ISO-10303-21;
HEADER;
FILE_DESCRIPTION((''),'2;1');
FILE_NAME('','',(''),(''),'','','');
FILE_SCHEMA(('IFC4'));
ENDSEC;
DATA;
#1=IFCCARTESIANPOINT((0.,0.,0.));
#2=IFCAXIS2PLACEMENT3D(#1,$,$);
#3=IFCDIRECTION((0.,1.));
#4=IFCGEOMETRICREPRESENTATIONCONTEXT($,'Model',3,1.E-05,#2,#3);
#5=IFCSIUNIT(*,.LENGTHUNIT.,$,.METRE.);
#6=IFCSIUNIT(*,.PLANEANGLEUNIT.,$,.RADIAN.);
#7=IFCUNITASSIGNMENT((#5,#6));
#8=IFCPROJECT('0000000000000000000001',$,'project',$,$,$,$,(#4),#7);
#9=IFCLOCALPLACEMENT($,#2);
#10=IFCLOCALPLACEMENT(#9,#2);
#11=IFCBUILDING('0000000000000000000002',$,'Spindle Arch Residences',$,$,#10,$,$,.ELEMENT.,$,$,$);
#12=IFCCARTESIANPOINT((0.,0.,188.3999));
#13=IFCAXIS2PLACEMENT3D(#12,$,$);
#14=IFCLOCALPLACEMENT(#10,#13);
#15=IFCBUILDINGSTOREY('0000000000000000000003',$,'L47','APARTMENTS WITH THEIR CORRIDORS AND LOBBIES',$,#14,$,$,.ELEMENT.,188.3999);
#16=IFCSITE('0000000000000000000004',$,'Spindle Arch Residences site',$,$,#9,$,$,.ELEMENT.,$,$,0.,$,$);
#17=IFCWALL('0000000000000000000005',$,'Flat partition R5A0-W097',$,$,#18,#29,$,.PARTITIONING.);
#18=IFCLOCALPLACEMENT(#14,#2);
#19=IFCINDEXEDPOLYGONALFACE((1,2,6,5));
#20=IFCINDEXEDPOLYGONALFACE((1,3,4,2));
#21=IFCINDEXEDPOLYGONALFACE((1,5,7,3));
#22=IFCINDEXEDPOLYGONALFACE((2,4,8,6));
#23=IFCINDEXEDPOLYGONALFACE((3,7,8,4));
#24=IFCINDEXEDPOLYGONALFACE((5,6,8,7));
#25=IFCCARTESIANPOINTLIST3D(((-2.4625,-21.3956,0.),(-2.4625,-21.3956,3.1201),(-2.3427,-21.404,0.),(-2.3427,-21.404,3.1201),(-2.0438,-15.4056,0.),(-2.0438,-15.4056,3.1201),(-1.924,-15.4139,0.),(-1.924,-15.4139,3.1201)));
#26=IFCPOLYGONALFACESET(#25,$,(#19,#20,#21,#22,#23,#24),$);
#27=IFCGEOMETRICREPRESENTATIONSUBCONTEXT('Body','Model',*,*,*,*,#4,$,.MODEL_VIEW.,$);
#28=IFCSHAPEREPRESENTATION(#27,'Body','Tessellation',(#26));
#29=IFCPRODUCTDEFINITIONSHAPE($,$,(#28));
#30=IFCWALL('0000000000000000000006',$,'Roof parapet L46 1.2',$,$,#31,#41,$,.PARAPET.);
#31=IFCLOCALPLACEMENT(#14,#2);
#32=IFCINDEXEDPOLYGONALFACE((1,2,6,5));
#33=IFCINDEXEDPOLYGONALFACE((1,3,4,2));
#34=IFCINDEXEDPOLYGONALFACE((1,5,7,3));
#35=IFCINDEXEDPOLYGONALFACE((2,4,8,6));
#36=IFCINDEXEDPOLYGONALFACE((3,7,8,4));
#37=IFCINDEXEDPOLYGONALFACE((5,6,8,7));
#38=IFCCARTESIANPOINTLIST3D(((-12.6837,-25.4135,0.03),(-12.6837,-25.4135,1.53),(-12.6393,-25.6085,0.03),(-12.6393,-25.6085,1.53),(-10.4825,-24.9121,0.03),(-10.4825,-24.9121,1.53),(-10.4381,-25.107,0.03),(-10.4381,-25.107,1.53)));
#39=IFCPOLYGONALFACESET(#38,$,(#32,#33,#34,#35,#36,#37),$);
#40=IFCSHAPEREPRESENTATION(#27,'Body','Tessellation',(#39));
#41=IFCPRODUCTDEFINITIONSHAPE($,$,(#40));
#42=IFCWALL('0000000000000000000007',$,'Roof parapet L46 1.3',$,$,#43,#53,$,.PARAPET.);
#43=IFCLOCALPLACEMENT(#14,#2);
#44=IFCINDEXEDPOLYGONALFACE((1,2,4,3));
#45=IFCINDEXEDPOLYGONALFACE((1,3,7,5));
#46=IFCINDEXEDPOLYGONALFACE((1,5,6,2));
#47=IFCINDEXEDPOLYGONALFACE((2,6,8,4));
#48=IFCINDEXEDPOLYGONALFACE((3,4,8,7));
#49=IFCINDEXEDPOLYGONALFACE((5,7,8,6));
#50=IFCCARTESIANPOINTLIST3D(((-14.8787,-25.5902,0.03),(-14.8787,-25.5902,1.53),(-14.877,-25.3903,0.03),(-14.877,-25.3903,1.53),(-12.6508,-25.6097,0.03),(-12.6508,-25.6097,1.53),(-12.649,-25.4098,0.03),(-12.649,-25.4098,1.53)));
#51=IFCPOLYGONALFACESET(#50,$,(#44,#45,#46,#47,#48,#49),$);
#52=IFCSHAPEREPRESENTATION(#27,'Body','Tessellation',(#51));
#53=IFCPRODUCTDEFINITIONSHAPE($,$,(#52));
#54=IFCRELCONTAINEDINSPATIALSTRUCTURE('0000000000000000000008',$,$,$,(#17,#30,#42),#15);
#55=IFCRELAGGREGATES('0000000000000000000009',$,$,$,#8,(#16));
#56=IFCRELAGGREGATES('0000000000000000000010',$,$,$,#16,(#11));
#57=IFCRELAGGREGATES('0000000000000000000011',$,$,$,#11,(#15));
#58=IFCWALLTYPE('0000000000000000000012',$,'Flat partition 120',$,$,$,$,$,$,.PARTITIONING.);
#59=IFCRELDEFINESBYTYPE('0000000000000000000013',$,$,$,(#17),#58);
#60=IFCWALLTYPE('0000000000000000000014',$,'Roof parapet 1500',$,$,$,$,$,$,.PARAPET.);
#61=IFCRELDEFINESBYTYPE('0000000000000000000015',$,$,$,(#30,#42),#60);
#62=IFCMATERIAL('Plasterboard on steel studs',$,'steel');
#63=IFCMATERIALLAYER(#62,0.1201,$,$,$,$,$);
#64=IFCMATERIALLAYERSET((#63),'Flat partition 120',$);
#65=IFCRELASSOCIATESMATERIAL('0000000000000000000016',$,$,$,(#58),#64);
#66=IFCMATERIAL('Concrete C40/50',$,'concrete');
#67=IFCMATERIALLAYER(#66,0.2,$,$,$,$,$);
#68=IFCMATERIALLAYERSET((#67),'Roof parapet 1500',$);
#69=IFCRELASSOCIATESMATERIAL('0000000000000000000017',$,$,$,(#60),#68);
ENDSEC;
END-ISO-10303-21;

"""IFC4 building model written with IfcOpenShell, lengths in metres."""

from ifc_helpers import new_model, si_unit, direction, frame, frame_2d, origin, place, context, subcontext, project, spatial, rectangle, extrude, material, layer, layer_set, type_object, element, save


model = new_model("IFC4")

# Units and contexts
model_context = context("Model", 3, precision=1e-05, world=origin(), true_north=direction((0.0, 1.0)))
body_context = subcontext(model_context, "Body", "Model", "MODEL_VIEW")
ifc_project = project(units=[si_unit("LENGTHUNIT", "METRE"), si_unit("PLANEANGLEUNIT", "RADIAN")], contexts=[model_context])

# Site, building, storey
site_placement = place(None, origin())
site = spatial("IfcSite", under=ifc_project, at=site_placement, Name="Spindle Arch Residences site", CompositionType="ELEMENT", RefElevation=0.0)
building_placement = place(site_placement, origin())
building = spatial("IfcBuilding", under=site, at=building_placement, Name="Spindle Arch Residences", CompositionType="ELEMENT")
storey_placement = place(building_placement, frame((0.0, 0.0, 188.3999)))
storey = spatial("IfcBuildingStorey", under=building, at=storey_placement, Name="L47", Description="APARTMENTS WITH THEIR CORRIDORS AND LOBBIES", CompositionType="ELEMENT", Elevation=188.3999)

# Shared definitions
ifc_material_1 = material(Name="Plasterboard on steel studs", Category="steel")
ifc_layer_1 = layer(ifc_material_1, 0.1201)
ifc_layer_set_1 = layer_set([ifc_layer_1], Name="Flat partition 120")
wall_type_1 = type_object("IfcWallType", Name="Flat partition 120", PredefinedType="PARTITIONING", material=ifc_layer_set_1)

# Walls
wall_1_placement = place(storey_placement, frame((-2.4026, -21.3999, 0.0), z_axis=(0.0, 0.0, 1.0), x_axis=(0.06973, 0.997566, 0.0)))
element("IfcWall", 1, at=wall_1_placement, inside=storey, type_object=wall_type_1, Name="Flat partition R5A0-W097", PredefinedType="PARTITIONING", context=body_context, shape_type="SweptSolid", body=[
    extrude(rectangle(XDim=6.0046, YDim=0.1201, at=frame_2d((3.0024, 0.0))), origin(), (0.0, 0.0, 1.0), 3.1201),
])
ifc_material_2 = material(Name="Concrete C40/50", Category="concrete")
ifc_layer_2 = layer(ifc_material_2, 0.2)
ifc_layer_set_2 = layer_set([ifc_layer_2], Name="Roof parapet 1500")
wall_type_2 = type_object("IfcWallType", Name="Roof parapet 1500", PredefinedType="PARAPET", material=ifc_layer_set_2)
wall_2_placement = place(storey_placement, frame((-10.4602, -25.0095, 0.03), z_axis=(0.0, 0.0, 1.0), x_axis=(-0.975018, -0.222126, 0.0)))
element("IfcWall", 2, at=wall_2_placement, inside=storey, type_object=wall_type_2, Name="Roof parapet L46 1.2", PredefinedType="PARAPET", context=body_context, shape_type="SweptSolid", body=[
    extrude(rectangle(XDim=2.2576, YDim=0.2, at=frame_2d((1.1289, 0.0))), origin(), (0.0, 0.0, 1.0), 1.5),
])
wall_3_placement = place(storey_placement, frame((-12.6499, -25.5098, 0.03), z_axis=(0.0, 0.0, 1.0), x_axis=(-0.999962, 0.008766, 0.0)))
element("IfcWall", 3, at=wall_3_placement, inside=storey, type_object=wall_type_2, Name="Roof parapet L46 1.3", PredefinedType="PARAPET", context=body_context, shape_type="SweptSolid", body=[
    extrude(rectangle(XDim=2.228, YDim=0.2, at=frame_2d((1.114, 0.0))), origin(), (0.0, 0.0, 1.0), 1.5),
])

save(model, "model.ifc")
